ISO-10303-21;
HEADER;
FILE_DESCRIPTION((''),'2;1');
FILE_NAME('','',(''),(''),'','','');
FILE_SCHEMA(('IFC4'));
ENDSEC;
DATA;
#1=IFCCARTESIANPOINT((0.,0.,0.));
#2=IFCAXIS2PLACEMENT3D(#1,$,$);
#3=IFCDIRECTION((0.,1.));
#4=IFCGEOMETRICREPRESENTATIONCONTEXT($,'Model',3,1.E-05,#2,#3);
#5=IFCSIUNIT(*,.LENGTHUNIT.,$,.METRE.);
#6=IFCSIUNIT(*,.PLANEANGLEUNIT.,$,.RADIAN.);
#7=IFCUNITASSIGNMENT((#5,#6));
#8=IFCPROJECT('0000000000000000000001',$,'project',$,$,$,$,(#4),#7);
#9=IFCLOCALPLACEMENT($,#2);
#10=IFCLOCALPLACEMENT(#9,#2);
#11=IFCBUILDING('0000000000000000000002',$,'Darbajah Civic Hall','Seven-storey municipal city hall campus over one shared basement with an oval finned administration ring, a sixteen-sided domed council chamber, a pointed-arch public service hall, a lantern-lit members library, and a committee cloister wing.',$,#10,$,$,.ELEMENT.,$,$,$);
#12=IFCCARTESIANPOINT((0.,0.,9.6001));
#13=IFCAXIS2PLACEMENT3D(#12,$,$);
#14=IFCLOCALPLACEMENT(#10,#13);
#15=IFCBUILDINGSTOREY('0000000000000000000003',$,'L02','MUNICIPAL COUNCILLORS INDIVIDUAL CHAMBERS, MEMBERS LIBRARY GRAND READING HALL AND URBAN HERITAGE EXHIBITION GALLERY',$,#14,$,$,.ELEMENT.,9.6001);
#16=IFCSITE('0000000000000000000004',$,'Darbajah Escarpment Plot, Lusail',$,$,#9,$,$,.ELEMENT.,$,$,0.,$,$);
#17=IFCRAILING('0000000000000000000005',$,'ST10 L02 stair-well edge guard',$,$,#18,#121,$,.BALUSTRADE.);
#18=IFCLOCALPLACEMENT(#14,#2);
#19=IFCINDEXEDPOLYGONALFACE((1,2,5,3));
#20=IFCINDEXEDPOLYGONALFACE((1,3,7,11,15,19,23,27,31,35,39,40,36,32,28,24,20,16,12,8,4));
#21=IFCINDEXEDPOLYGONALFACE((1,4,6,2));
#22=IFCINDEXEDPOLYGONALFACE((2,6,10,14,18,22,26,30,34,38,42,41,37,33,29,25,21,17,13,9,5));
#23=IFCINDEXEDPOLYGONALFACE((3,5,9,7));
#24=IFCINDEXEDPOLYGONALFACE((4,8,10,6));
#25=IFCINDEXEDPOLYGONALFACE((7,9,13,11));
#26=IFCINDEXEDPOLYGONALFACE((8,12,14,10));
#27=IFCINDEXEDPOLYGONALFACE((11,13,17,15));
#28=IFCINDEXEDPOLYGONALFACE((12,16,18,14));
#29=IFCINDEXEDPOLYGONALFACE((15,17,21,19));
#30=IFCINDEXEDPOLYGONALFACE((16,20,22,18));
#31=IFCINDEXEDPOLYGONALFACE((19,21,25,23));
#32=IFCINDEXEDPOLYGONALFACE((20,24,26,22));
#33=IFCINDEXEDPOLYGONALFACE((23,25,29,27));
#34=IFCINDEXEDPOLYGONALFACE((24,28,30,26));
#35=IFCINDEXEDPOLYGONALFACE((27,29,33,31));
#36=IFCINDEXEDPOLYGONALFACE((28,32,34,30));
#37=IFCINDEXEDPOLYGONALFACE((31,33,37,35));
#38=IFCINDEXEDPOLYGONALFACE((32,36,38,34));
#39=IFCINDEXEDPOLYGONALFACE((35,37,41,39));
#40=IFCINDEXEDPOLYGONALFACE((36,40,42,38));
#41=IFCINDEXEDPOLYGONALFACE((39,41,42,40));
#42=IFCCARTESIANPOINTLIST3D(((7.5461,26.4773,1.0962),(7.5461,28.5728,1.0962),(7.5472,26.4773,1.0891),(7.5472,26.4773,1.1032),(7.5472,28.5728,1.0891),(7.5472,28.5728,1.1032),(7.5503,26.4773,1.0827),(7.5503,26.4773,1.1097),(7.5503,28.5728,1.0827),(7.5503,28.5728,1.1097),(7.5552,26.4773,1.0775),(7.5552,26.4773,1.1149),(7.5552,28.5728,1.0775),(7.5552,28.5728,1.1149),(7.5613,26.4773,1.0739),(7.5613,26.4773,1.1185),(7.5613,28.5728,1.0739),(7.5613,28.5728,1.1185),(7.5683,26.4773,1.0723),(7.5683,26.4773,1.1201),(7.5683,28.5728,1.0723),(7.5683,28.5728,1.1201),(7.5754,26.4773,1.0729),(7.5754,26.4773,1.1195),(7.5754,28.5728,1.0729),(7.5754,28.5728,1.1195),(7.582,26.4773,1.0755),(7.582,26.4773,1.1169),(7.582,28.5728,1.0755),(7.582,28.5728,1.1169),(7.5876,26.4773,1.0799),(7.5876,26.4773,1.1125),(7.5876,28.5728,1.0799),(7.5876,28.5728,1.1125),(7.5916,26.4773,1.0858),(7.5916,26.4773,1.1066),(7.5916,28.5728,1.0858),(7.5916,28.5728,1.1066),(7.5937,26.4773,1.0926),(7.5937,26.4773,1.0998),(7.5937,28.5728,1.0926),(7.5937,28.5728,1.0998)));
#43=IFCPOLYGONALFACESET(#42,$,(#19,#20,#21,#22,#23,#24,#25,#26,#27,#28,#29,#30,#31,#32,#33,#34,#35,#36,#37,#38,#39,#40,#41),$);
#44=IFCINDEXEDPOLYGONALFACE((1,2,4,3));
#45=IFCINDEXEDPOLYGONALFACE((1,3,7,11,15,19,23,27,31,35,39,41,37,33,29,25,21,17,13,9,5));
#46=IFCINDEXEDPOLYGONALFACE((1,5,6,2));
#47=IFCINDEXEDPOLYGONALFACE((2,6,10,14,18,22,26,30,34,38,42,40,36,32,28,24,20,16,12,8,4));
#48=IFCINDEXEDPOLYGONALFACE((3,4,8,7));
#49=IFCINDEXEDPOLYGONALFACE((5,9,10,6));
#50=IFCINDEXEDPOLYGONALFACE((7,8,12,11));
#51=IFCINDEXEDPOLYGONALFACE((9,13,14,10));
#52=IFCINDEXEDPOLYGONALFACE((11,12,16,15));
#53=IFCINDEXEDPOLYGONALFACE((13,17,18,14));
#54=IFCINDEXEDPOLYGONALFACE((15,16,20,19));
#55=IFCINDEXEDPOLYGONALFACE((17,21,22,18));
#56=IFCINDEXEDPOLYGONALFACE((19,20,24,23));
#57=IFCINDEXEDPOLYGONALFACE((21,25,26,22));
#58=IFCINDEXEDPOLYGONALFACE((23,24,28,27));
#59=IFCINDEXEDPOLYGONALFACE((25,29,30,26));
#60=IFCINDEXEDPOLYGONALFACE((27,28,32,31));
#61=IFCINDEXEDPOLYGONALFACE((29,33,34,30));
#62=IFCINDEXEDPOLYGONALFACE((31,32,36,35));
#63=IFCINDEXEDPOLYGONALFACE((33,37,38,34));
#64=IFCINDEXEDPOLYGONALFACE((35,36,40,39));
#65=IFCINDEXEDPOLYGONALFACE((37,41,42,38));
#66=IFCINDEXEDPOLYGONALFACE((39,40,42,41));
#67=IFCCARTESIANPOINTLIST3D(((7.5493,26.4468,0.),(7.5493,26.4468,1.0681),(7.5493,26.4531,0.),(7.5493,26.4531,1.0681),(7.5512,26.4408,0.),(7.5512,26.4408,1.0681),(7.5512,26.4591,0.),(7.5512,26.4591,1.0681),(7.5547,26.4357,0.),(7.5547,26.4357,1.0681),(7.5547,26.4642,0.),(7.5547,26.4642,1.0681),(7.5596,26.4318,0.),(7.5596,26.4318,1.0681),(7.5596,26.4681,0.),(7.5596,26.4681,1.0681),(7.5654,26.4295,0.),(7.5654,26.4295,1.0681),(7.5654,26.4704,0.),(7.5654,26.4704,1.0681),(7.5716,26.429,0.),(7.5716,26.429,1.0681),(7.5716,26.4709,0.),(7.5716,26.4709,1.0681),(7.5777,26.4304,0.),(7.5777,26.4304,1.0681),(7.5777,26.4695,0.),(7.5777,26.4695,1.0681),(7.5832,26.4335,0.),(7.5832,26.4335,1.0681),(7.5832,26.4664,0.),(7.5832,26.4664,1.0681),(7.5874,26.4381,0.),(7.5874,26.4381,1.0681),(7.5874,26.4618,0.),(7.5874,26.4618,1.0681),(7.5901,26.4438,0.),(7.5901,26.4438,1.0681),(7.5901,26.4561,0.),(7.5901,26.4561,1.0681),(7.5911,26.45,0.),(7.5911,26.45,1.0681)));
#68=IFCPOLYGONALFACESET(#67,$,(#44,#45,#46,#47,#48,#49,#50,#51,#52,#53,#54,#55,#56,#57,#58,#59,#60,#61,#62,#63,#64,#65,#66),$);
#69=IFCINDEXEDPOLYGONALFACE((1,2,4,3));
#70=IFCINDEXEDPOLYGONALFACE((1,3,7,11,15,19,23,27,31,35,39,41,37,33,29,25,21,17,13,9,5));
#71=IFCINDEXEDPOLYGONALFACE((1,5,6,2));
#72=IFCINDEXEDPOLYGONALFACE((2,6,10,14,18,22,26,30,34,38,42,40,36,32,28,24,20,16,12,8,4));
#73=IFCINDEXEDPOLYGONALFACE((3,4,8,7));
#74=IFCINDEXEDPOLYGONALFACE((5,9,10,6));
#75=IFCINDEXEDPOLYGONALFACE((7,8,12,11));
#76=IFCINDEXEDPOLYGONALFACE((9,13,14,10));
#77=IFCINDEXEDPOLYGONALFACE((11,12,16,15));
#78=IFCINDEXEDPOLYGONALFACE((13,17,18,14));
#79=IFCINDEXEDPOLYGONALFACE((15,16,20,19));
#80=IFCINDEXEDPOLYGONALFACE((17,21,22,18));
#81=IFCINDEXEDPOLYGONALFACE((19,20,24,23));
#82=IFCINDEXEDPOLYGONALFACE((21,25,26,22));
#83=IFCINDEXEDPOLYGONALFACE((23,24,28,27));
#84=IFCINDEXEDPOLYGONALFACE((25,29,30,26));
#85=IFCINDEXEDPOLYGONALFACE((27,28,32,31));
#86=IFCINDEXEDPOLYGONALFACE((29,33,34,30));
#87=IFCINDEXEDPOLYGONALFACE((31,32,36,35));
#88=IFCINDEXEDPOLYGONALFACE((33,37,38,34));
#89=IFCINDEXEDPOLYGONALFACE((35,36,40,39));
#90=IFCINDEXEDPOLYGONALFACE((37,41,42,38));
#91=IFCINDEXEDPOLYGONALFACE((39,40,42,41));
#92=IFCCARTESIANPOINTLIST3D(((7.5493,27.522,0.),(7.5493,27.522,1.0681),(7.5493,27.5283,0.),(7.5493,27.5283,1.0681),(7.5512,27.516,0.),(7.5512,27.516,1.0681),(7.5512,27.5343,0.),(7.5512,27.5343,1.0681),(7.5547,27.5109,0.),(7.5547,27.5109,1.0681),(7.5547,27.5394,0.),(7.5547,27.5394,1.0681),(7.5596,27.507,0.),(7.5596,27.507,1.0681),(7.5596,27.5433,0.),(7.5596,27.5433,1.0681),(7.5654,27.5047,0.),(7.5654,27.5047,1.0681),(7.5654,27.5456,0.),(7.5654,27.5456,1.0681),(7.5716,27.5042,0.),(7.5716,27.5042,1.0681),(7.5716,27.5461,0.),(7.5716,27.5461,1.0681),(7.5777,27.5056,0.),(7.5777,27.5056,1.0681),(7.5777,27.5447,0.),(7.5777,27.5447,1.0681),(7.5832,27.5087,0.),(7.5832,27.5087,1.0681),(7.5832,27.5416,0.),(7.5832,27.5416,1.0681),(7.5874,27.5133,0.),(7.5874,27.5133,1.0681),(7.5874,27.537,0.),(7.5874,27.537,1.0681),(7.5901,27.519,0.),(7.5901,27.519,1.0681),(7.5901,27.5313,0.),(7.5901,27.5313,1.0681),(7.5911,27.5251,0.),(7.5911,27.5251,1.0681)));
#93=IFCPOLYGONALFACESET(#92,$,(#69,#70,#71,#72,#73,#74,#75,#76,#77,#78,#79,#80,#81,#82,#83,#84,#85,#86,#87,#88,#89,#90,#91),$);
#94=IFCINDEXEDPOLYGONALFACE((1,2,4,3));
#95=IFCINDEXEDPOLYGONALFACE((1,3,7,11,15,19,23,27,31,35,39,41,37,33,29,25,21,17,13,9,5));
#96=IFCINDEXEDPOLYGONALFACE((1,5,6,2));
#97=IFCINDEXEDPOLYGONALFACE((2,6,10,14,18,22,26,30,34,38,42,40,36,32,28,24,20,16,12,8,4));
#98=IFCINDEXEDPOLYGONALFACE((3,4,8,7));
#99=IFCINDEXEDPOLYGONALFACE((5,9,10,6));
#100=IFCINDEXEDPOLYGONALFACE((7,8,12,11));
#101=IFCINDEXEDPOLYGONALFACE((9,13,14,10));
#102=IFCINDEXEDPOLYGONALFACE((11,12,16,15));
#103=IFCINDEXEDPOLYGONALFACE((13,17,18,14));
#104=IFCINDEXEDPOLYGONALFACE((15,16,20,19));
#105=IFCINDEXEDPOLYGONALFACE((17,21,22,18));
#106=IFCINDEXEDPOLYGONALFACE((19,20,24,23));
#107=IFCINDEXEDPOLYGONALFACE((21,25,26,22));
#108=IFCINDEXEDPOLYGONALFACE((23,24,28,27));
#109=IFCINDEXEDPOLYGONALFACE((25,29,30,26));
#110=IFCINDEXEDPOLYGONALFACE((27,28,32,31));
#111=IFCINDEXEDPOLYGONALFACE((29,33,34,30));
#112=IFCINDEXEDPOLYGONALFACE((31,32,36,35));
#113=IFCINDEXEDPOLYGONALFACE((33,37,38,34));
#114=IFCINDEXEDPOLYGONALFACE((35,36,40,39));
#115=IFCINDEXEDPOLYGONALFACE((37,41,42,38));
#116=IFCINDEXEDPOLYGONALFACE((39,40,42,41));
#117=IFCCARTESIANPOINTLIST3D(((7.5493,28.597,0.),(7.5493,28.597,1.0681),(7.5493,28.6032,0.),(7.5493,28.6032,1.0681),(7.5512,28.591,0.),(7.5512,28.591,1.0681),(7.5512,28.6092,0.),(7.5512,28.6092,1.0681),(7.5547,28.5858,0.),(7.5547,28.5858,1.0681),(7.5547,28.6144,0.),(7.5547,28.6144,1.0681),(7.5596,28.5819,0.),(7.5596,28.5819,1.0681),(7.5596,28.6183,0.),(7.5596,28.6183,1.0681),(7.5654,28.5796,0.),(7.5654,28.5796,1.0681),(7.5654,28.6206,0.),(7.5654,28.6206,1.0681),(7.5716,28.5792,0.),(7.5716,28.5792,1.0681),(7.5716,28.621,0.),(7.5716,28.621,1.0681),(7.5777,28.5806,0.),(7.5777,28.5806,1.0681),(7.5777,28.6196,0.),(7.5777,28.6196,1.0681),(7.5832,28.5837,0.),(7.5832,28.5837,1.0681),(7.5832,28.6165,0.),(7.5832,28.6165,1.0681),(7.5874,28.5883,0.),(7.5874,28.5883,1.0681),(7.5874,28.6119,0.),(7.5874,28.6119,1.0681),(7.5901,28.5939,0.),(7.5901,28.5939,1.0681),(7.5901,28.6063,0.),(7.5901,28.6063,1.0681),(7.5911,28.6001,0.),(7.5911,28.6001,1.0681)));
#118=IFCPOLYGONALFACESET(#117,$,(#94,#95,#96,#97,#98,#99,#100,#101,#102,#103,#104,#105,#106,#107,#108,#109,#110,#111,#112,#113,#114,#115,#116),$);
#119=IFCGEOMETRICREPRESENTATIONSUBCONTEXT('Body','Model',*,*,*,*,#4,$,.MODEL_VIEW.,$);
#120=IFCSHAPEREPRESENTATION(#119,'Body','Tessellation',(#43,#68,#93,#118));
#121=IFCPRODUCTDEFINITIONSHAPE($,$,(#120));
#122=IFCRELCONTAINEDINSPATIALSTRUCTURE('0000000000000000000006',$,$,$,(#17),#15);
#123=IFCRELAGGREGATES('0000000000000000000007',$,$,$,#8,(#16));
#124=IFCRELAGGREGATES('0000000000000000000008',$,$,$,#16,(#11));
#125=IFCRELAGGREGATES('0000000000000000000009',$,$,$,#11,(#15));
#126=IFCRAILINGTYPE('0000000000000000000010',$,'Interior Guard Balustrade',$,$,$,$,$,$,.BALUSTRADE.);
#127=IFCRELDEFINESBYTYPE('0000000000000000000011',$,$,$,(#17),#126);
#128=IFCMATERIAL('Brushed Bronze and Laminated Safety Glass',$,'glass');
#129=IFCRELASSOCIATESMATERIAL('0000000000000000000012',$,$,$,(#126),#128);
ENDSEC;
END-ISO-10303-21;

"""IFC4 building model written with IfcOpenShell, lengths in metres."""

from ifc_helpers import new_model, si_unit, direction, frame, origin, origin_2d, place, context, subcontext, project, spatial, circle, extrude, material, type_object, element, save


model = new_model("IFC4")

# Units and contexts
model_context = context("Model", 3, precision=1e-05, world=origin(), true_north=direction((0.0, 1.0)))
body_context = subcontext(model_context, "Body", "Model", "MODEL_VIEW")
ifc_project = project(units=[si_unit("LENGTHUNIT", "METRE"), si_unit("PLANEANGLEUNIT", "RADIAN")], contexts=[model_context])

# Site, building, storey
site_placement = place(None, origin())
site = spatial("IfcSite", under=ifc_project, at=site_placement, Name="Darbajah Escarpment Plot, Lusail", CompositionType="ELEMENT", RefElevation=0.0)
building_placement = place(site_placement, origin())
building = spatial("IfcBuilding", under=site, at=building_placement, Name="Darbajah Civic Hall", Description="Seven-storey municipal city hall campus over one shared basement with an oval finned administration ring, a sixteen-sided domed council chamber, a pointed-arch public service hall, a lantern-lit members library, and a committee cloister wing.", CompositionType="ELEMENT")
storey_placement = place(building_placement, frame((0.0, 0.0, 9.6001)))
storey = spatial("IfcBuildingStorey", under=building, at=storey_placement, Name="L02", Description="MUNICIPAL COUNCILLORS INDIVIDUAL CHAMBERS, MEMBERS LIBRARY GRAND READING HALL AND URBAN HERITAGE EXHIBITION GALLERY", CompositionType="ELEMENT", Elevation=9.6001)

# Railing
ifc_material_1 = material(Name="Brushed Bronze and Laminated Safety Glass", Category="glass")
railing_type_1 = type_object("IfcRailingType", Name="Interior Guard Balustrade", PredefinedType="BALUSTRADE", material=ifc_material_1)
railing_1_placement = place(storey_placement, frame((7.5701, 26.45, 0.0)))
element("IfcRailing", 1, at=railing_1_placement, inside=storey, type_object=railing_type_1, Name="ST10 L02 stair-well edge guard", PredefinedType="BALUSTRADE", context=body_context, shape_type="SweptSolid", body=[
    extrude(circle(Radius=0.0239, at=origin_2d()), frame((0.0, 0.0273, 1.0962), z_axis=(0.0, 1.0, 0.0), x_axis=(-1.0, 0.0, 0.0)), (0.0, 0.0, 1.0), 2.0955),
    extrude(circle(Radius=0.021, at=origin_2d()), origin(), (0.0, 0.0, 1.0), 1.0681),
    extrude(circle(Radius=0.021, at=origin_2d()), frame((0.0, 1.0752, 0.0)), (0.0, 0.0, 1.0), 1.0681),
    extrude(circle(Radius=0.021, at=origin_2d()), frame((0.0, 2.1501, 0.0)), (0.0, 0.0, 1.0), 1.0681),
])

save(model, "model.ifc")
